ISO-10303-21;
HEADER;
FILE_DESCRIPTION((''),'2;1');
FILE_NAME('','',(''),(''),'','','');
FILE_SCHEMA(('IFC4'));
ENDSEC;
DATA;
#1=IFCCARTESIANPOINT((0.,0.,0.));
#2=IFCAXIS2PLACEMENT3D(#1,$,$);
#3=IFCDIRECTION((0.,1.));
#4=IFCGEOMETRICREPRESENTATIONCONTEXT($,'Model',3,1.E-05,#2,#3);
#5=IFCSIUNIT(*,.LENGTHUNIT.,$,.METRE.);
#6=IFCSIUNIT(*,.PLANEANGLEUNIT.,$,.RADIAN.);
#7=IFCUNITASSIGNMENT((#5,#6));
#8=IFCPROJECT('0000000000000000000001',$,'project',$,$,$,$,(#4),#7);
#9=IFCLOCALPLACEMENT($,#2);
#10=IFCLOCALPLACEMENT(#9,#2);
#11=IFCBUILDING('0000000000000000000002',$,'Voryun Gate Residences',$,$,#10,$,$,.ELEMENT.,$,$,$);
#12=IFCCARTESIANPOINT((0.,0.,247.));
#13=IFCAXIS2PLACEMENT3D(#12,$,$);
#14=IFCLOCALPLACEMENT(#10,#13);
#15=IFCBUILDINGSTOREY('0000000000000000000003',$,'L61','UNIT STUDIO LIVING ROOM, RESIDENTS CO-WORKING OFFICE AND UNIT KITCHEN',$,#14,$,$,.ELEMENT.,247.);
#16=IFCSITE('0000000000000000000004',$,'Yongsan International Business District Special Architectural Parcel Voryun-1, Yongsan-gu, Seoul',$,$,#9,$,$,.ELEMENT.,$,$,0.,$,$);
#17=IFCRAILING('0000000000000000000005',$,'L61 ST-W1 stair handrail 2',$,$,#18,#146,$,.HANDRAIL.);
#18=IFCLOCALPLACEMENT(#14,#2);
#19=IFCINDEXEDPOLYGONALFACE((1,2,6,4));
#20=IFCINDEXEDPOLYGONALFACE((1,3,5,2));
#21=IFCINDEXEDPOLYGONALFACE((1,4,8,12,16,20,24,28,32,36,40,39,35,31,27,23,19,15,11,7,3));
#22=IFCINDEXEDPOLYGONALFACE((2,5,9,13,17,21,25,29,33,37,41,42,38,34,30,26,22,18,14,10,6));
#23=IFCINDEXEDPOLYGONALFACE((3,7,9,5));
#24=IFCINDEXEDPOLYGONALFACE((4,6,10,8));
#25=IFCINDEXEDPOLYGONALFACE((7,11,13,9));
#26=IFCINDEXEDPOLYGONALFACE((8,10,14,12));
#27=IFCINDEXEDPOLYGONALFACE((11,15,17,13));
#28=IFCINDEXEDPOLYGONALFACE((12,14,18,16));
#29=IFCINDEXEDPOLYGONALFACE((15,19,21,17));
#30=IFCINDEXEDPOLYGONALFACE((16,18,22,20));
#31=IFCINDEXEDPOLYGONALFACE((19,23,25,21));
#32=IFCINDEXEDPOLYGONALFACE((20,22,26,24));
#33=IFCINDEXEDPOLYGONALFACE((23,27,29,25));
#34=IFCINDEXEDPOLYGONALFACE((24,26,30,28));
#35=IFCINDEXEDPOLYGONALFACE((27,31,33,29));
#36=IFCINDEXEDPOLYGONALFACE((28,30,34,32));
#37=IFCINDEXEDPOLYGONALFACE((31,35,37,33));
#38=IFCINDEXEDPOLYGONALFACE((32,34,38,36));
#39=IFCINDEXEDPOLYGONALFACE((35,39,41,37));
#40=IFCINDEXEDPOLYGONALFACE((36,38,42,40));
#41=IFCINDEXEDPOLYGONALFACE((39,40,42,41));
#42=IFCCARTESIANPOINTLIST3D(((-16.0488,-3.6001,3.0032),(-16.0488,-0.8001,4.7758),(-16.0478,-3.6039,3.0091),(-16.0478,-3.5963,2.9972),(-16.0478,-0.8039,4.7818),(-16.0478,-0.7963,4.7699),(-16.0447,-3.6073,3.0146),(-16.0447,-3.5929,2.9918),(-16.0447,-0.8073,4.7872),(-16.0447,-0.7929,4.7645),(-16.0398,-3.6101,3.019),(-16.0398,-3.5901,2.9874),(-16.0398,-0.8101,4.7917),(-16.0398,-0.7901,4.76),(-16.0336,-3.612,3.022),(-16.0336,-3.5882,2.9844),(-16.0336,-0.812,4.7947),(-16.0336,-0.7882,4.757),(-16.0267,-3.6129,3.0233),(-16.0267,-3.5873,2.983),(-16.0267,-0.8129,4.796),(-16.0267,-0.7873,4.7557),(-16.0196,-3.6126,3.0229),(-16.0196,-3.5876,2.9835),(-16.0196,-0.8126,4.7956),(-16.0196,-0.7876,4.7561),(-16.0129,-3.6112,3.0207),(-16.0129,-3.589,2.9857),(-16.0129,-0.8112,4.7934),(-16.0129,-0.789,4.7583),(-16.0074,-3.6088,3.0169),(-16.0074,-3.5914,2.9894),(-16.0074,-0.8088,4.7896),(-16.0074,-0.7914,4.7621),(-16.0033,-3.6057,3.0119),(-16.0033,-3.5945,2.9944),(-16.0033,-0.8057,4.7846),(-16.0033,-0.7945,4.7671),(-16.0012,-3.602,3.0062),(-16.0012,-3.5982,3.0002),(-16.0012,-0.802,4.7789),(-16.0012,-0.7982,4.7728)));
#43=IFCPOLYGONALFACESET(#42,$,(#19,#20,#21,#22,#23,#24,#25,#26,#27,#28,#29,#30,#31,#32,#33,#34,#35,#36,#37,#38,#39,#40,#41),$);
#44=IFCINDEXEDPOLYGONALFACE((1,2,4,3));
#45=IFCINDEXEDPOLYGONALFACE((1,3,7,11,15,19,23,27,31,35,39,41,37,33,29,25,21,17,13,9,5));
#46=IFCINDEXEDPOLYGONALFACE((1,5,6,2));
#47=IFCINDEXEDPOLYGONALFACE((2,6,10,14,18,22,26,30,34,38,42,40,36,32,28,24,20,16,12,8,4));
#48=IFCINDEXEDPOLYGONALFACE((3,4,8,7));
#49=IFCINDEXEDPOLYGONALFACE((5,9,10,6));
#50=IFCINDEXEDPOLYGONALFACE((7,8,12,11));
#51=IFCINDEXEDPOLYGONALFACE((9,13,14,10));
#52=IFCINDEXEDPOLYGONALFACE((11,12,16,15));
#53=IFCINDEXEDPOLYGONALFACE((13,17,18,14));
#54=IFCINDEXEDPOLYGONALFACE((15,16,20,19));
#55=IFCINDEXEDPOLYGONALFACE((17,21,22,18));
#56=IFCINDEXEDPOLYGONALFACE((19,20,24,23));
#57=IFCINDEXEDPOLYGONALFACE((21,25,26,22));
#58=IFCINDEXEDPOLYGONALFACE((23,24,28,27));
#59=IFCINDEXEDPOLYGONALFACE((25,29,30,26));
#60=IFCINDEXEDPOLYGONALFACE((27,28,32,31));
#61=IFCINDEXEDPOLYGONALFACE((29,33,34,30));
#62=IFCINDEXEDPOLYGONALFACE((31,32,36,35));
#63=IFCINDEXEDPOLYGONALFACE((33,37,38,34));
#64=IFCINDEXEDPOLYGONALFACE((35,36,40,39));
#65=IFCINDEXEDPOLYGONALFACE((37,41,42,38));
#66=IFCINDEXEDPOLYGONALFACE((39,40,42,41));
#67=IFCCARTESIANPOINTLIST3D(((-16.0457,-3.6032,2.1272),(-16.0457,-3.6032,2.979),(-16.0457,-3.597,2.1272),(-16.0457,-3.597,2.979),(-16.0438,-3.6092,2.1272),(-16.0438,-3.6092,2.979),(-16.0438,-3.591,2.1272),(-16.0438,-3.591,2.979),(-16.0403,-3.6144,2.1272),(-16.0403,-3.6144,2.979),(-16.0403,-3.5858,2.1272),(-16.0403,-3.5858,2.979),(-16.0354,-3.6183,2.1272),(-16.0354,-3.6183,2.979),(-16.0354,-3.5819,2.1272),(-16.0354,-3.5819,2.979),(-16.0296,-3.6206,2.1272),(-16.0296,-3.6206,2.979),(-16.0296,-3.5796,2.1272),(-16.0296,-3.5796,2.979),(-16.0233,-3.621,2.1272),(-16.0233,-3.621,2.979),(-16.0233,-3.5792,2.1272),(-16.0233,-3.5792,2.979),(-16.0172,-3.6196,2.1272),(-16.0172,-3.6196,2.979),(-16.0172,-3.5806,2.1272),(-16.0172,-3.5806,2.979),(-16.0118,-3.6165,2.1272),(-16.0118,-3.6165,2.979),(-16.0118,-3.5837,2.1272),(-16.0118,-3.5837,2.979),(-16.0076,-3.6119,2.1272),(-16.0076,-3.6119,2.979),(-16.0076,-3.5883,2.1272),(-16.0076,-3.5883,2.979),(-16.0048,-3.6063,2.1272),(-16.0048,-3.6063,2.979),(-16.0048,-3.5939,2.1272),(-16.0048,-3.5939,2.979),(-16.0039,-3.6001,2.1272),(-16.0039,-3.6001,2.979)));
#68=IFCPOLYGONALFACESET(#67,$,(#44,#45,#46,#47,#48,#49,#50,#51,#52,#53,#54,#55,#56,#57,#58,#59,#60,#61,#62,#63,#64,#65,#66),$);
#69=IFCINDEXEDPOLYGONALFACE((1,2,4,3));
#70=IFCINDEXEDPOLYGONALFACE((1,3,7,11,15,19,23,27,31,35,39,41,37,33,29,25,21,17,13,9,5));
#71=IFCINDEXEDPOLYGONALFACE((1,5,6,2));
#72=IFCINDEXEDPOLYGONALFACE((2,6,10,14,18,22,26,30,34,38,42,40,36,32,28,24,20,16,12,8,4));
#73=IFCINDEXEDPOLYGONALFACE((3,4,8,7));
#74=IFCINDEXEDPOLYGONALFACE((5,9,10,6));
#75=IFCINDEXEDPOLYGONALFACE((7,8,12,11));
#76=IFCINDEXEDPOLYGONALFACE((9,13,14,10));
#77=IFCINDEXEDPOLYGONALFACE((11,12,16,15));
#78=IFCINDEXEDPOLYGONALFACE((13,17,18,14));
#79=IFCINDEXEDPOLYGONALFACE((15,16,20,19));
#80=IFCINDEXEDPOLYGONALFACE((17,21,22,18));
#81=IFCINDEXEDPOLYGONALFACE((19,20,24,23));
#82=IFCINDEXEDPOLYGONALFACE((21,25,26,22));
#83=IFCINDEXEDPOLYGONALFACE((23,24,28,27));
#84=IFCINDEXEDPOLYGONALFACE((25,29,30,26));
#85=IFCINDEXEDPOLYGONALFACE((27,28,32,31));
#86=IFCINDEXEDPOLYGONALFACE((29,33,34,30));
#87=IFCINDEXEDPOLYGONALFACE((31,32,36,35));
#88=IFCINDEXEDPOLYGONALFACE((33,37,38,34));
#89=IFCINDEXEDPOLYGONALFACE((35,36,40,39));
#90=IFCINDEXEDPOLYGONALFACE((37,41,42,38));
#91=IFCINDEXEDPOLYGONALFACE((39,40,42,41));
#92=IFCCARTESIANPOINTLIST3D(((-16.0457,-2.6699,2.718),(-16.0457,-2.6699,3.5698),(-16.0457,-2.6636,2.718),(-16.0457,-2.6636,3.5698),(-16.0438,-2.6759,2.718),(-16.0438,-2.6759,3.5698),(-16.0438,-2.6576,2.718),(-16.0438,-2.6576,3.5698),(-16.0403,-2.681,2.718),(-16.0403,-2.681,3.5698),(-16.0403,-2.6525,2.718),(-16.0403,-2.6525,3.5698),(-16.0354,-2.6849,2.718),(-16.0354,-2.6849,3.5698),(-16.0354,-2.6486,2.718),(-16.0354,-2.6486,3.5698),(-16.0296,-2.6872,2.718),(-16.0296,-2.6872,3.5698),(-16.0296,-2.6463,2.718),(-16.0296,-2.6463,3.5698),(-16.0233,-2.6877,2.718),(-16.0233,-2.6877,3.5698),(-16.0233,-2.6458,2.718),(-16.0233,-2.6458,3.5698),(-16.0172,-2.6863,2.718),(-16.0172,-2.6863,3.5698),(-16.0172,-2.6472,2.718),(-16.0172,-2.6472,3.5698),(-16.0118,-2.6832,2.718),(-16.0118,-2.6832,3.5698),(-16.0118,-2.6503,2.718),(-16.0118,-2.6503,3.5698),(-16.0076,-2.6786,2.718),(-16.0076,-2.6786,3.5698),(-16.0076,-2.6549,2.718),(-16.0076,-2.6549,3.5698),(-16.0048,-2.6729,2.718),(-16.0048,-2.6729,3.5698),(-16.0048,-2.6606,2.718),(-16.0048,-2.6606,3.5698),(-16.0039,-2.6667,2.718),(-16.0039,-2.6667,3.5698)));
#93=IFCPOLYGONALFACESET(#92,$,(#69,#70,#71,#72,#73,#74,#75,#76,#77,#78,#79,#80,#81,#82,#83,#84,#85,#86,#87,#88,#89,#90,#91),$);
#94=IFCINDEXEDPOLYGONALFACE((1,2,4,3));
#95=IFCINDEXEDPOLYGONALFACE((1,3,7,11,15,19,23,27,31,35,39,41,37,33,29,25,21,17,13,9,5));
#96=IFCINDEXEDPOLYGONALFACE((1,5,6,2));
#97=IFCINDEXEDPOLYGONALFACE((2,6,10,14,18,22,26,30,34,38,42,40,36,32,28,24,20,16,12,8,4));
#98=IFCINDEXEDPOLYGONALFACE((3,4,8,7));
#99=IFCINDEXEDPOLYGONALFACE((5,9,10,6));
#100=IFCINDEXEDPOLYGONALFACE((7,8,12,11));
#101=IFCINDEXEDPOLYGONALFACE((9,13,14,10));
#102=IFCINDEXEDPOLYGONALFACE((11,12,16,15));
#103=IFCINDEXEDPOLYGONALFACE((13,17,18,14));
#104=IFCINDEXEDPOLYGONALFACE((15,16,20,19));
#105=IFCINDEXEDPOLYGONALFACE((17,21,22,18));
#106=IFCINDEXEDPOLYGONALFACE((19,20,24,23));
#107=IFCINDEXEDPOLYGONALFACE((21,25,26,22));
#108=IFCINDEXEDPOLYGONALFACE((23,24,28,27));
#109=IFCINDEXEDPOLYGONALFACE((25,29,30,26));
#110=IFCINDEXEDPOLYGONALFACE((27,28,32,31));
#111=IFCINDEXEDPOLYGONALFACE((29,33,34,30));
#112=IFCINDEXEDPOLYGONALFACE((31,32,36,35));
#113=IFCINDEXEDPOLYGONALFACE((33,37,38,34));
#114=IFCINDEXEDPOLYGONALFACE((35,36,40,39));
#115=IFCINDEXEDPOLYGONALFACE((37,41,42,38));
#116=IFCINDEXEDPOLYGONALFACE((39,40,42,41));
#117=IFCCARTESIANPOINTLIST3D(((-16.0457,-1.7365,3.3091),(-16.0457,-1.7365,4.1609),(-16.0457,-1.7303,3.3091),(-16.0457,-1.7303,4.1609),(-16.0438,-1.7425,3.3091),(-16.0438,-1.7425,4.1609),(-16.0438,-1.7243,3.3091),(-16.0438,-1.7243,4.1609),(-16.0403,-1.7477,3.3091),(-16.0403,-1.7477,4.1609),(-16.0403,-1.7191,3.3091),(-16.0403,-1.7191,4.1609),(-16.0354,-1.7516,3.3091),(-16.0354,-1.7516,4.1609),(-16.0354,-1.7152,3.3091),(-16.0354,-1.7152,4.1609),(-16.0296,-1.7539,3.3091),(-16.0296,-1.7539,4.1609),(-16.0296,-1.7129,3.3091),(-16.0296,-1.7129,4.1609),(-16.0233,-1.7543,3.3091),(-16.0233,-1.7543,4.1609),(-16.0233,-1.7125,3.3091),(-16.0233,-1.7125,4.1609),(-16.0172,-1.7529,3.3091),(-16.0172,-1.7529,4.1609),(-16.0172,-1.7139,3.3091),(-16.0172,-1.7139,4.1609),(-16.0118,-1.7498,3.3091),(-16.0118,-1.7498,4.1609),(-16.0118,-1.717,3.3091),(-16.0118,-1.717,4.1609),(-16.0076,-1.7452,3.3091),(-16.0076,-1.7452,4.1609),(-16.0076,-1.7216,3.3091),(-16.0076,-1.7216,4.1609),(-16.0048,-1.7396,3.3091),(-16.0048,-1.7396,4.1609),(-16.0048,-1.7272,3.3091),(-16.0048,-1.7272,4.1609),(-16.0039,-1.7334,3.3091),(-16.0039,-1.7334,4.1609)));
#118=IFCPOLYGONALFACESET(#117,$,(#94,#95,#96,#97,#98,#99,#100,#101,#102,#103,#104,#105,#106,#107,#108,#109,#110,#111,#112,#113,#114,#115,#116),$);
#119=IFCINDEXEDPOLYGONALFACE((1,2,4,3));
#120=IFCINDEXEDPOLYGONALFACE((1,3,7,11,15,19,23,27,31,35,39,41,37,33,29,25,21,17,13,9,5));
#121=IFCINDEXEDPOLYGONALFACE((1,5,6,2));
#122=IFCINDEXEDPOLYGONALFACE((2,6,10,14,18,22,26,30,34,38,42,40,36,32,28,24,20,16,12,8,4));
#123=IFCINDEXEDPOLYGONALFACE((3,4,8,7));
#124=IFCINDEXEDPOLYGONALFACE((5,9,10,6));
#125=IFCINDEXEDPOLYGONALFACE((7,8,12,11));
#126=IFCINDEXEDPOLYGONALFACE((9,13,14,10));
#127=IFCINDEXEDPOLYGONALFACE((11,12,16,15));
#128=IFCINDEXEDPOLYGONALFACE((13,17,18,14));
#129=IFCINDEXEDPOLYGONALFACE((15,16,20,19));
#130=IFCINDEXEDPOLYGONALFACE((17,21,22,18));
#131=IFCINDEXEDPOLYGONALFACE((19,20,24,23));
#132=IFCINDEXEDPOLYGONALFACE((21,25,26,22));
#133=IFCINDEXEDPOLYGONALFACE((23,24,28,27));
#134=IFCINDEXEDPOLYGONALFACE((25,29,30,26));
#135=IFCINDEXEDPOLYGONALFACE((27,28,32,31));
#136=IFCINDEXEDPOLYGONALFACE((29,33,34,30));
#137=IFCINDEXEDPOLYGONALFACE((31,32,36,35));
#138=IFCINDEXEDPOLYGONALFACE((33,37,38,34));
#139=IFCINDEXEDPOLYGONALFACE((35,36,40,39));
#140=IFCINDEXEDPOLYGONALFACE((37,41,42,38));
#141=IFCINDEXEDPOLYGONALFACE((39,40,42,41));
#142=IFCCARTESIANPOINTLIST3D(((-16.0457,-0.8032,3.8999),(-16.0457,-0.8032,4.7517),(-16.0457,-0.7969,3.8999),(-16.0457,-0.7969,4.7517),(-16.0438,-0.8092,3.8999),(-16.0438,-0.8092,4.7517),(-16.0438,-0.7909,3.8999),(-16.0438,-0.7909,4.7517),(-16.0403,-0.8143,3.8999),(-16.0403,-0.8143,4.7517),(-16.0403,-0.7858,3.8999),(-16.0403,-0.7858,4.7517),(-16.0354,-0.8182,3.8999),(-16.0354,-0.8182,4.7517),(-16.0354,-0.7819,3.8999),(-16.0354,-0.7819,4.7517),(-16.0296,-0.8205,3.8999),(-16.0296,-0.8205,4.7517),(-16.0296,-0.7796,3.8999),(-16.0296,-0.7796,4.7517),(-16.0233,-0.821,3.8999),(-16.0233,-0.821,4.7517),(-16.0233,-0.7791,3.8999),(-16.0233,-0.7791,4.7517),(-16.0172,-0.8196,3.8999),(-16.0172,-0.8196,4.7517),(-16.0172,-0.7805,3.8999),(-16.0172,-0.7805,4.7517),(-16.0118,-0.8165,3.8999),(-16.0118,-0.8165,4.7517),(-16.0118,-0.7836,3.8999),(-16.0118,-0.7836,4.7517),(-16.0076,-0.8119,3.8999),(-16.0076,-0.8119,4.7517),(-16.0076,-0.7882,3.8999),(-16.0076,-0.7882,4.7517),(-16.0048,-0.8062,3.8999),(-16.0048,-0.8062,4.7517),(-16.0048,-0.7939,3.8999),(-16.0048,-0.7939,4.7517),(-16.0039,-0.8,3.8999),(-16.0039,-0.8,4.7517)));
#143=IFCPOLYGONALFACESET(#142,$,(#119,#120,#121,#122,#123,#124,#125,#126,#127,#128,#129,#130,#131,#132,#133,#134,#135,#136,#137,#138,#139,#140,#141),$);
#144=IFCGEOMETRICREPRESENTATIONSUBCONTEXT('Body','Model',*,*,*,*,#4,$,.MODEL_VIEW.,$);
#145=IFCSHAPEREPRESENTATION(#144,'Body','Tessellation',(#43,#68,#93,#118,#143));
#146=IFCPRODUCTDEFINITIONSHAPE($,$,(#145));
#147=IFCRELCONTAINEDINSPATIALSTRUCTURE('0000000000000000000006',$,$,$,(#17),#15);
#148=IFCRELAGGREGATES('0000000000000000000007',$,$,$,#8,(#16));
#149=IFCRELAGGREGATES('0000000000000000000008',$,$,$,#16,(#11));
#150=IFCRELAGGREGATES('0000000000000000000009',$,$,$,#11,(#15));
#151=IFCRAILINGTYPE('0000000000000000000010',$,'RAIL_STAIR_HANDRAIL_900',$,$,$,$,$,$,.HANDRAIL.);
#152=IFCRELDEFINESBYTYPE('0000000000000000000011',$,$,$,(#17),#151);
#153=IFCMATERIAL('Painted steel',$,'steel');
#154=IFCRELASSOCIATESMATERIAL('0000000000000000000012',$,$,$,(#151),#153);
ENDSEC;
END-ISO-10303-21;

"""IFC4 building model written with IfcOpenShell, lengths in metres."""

from ifc_helpers import new_model, si_unit, direction, frame, origin, origin_2d, place, context, subcontext, project, spatial, circle, extrude, material, type_object, element, save


model = new_model("IFC4")

# Units and contexts
model_context = context("Model", 3, precision=1e-05, world=origin(), true_north=direction((0.0, 1.0)))
body_context = subcontext(model_context, "Body", "Model", "MODEL_VIEW")
ifc_project = project(units=[si_unit("LENGTHUNIT", "METRE"), si_unit("PLANEANGLEUNIT", "RADIAN")], contexts=[model_context])

# Site, building, storey
site_placement = place(None, origin())
site = spatial("IfcSite", under=ifc_project, at=site_placement, Name="Yongsan International Business District Special Architectural Parcel Voryun-1, Yongsan-gu, Seoul", CompositionType="ELEMENT", RefElevation=0.0)
building_placement = place(site_placement, origin())
building = spatial("IfcBuilding", under=site, at=building_placement, Name="Voryun Gate Residences", CompositionType="ELEMENT")
storey_placement = place(building_placement, frame((0.0, 0.0, 247.0)))
storey = spatial("IfcBuildingStorey", under=building, at=storey_placement, Name="L61", Description="UNIT STUDIO LIVING ROOM, RESIDENTS CO-WORKING OFFICE AND UNIT KITCHEN", CompositionType="ELEMENT", Elevation=247.0)

# Railing
ifc_material_1 = material(Name="Painted steel", Category="steel")
railing_type_1 = type_object("IfcRailingType", Name="RAIL_STAIR_HANDRAIL_900", PredefinedType="HANDRAIL", material=ifc_material_1)
railing_1_placement = place(storey_placement, frame((-16.0249, -3.6001, 2.1272)))
element("IfcRailing", 1, at=railing_1_placement, inside=storey, type_object=railing_type_1, Name="L61 ST-W1 stair handrail 2", PredefinedType="HANDRAIL", context=body_context, shape_type="SweptSolid", body=[
    extrude(circle(Radius=0.0239, at=origin_2d()), frame((0.0, 0.0, 0.876), z_axis=(0.0, 0.844909, 0.53491), x_axis=(-1.0, 0.0, 0.0)), (0.0, 0.0, 1.0), 3.314),
    extrude(circle(Radius=0.021, at=origin_2d()), origin(), (0.0, 0.0, 1.0), 0.8518),
    extrude(circle(Radius=0.021, at=origin_2d()), frame((0.0, 0.9333, 0.5908)), (0.0, 0.0, 1.0), 0.8518),
    extrude(circle(Radius=0.021, at=origin_2d()), frame((0.0, 1.8667, 1.1819)), (0.0, 0.0, 1.0), 0.8518),
    extrude(circle(Radius=0.021, at=origin_2d()), frame((0.0, 2.8, 1.7727)), (0.0, 0.0, 1.0), 0.8518),
])

save(model, "model.ifc")
